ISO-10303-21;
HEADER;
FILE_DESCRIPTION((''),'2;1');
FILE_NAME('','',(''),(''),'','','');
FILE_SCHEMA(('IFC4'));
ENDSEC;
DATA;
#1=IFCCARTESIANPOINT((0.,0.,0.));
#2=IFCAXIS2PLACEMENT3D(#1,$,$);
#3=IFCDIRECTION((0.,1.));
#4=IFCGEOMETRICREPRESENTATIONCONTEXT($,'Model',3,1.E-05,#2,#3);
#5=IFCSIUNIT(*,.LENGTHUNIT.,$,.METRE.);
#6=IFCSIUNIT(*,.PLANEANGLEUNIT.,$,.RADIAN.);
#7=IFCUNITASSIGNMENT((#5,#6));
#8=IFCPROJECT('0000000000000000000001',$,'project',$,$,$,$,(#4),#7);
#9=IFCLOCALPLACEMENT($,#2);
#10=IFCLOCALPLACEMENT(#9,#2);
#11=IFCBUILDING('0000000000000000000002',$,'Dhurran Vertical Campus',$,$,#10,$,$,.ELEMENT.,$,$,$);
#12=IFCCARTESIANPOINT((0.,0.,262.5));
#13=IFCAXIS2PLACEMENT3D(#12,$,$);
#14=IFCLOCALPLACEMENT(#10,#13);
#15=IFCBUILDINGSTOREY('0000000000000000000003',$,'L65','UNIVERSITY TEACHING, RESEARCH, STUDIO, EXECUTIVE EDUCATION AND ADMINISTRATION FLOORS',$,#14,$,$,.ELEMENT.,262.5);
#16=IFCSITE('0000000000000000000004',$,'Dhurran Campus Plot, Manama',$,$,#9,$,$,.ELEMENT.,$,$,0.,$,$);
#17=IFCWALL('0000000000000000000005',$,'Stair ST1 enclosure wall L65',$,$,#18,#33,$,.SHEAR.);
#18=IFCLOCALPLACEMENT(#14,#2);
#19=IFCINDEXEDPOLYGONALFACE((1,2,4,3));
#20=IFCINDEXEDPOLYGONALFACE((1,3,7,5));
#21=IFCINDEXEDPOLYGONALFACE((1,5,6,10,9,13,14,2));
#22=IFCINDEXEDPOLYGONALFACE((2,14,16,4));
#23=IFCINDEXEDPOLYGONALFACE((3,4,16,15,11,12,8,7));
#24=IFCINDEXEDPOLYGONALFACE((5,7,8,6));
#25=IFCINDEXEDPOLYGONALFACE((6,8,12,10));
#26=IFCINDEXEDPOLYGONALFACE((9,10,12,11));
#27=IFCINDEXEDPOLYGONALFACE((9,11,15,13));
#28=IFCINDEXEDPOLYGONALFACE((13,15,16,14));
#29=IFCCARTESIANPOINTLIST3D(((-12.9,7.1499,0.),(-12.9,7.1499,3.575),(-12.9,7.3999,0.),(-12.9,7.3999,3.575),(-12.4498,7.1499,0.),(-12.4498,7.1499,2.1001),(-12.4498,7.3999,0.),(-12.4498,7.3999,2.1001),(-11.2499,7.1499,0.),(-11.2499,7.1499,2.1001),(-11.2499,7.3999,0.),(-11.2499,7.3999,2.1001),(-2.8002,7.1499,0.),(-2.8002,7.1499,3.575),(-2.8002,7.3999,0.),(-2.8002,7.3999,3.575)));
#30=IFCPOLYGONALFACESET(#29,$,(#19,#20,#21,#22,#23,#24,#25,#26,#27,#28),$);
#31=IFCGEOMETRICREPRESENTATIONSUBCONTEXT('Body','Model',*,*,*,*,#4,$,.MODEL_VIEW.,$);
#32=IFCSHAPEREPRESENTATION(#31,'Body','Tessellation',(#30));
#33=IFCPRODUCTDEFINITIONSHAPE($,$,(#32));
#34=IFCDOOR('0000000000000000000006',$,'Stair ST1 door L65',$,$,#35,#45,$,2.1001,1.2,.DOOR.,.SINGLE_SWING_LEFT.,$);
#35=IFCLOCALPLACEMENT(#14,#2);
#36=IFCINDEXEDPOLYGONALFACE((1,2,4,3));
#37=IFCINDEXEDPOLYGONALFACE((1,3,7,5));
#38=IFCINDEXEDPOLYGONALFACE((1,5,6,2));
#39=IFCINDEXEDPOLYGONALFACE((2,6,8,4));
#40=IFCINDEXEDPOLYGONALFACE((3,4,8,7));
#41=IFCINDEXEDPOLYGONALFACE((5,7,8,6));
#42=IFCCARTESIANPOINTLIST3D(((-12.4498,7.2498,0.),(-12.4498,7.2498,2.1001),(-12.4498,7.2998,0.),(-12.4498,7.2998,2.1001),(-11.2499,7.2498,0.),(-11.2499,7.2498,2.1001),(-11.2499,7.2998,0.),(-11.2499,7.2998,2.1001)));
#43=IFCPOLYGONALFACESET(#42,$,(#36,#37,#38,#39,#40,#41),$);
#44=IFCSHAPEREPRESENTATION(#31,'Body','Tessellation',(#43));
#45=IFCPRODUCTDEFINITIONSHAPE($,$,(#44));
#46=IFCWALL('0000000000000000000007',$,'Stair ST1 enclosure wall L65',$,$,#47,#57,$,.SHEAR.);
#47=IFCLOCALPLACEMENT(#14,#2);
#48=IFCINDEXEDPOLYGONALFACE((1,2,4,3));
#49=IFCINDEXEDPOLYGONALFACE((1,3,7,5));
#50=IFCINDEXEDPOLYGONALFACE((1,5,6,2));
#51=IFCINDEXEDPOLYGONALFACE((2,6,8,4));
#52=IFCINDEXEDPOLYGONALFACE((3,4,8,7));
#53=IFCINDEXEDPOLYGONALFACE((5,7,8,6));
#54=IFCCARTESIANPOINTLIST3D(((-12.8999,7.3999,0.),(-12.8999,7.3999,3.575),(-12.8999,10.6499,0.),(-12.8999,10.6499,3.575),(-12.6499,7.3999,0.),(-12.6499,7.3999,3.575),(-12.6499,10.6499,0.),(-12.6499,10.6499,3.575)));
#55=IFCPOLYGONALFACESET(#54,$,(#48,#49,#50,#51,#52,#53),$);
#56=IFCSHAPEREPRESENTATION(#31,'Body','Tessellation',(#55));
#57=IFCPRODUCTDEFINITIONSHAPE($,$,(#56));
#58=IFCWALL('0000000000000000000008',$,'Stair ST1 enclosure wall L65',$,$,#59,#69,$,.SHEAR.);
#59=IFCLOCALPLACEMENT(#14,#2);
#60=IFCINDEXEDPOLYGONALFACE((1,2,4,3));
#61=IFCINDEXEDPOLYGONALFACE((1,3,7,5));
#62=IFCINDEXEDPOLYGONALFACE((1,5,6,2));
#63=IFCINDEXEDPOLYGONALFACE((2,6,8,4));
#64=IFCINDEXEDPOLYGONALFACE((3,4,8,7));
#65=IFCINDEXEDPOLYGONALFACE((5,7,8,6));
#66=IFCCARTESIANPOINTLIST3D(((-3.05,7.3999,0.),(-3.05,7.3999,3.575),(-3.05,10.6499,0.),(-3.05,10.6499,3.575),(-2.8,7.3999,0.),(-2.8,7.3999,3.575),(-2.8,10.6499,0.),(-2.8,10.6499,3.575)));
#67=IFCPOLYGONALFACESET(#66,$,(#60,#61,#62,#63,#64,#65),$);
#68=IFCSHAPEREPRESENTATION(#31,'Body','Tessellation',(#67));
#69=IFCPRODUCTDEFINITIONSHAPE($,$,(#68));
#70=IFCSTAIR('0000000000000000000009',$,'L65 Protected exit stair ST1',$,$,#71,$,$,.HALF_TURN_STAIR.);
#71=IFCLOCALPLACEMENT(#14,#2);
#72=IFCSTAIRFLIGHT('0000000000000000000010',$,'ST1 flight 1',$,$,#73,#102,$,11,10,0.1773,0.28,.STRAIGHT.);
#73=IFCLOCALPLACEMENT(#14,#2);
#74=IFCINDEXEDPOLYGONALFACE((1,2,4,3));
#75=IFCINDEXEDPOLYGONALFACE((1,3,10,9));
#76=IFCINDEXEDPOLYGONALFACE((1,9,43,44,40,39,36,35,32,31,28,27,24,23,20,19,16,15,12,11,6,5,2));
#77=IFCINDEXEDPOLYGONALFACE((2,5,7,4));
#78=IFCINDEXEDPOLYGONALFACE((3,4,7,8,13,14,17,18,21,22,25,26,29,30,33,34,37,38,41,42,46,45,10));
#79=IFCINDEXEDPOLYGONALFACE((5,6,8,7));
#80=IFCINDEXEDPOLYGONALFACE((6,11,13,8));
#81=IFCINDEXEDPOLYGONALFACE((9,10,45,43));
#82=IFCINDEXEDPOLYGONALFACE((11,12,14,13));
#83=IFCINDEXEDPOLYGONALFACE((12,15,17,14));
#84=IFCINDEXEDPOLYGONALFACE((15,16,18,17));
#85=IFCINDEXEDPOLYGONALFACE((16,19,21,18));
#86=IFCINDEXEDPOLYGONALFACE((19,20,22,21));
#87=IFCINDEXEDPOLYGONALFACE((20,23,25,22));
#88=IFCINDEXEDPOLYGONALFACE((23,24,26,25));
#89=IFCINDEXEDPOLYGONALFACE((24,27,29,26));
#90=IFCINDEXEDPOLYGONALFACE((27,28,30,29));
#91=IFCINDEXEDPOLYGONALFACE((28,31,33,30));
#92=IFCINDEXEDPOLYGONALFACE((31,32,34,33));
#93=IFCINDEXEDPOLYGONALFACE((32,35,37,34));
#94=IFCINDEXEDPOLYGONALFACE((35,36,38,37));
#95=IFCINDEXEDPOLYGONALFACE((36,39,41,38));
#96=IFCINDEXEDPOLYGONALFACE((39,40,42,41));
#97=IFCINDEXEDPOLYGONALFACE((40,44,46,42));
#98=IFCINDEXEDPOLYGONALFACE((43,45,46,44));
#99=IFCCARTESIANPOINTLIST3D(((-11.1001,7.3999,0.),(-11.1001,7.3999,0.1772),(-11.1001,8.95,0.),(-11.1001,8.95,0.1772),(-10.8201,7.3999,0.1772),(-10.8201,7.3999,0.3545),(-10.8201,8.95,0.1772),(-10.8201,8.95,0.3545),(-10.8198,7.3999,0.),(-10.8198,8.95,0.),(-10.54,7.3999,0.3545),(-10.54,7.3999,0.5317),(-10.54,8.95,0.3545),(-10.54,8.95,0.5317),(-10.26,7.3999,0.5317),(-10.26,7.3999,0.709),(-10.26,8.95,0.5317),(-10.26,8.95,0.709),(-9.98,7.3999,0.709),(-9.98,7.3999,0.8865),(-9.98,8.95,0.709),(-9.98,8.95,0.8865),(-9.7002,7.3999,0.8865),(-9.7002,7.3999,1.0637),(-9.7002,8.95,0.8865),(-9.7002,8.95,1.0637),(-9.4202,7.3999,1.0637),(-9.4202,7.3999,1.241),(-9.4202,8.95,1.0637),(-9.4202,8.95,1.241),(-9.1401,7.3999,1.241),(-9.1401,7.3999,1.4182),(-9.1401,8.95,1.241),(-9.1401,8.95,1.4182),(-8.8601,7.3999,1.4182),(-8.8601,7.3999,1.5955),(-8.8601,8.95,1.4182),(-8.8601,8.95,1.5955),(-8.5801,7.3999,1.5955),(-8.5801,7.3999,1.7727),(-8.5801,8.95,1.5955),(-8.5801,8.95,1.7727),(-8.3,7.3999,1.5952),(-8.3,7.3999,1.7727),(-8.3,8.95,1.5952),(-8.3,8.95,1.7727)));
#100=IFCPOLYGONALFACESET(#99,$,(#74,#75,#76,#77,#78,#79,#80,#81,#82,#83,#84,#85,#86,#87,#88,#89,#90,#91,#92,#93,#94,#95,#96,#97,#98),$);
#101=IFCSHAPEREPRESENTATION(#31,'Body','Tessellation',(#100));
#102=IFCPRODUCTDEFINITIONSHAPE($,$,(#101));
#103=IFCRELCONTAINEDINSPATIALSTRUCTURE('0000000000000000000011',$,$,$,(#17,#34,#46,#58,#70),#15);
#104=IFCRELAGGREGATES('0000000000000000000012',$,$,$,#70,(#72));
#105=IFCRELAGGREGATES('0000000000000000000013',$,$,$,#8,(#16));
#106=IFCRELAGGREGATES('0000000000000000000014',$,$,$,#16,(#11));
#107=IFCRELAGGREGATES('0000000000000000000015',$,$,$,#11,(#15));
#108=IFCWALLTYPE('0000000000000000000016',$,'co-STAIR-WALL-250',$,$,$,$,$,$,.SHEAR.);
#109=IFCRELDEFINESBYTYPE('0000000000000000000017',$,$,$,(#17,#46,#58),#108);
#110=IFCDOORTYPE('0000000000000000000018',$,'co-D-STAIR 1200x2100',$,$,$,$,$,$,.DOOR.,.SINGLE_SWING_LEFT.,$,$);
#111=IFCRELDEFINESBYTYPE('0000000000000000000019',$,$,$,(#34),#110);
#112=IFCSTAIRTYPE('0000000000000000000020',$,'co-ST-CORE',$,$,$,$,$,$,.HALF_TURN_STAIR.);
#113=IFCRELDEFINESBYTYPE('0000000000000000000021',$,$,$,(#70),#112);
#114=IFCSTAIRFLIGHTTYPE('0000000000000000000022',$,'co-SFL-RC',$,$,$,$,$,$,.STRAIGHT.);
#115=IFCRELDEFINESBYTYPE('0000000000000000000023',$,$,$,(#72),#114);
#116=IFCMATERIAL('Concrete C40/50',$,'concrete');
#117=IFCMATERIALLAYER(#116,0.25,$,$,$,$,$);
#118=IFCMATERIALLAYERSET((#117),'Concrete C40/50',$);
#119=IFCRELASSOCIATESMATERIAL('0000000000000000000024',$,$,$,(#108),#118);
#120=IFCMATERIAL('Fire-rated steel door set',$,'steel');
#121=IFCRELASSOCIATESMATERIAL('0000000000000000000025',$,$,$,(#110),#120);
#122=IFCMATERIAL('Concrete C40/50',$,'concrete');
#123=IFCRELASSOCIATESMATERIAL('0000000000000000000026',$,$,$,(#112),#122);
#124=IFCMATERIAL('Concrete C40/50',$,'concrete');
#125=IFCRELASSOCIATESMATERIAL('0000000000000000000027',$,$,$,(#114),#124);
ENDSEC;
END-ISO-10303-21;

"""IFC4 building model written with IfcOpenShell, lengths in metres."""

from ifc_helpers import new_model, si_unit, direction, frame, frame_2d, origin, place, context, subcontext, project, spatial, polyline, rectangle, outline, extrude, material, layer, layer_set, type_object, element, fill, aggregate, save


model = new_model("IFC4")

# Units and contexts
model_context = context("Model", 3, precision=1e-05, world=origin(), true_north=direction((0.0, 1.0)))
body_context = subcontext(model_context, "Body", "Model", "MODEL_VIEW")
ifc_project = project(units=[si_unit("LENGTHUNIT", "METRE"), si_unit("PLANEANGLEUNIT", "RADIAN")], contexts=[model_context])

# Site, building, storey
site_placement = place(None, origin())
site = spatial("IfcSite", under=ifc_project, at=site_placement, Name="Dhurran Campus Plot, Manama", CompositionType="ELEMENT", RefElevation=0.0)
building_placement = place(site_placement, origin())
building = spatial("IfcBuilding", under=site, at=building_placement, Name="Dhurran Vertical Campus", CompositionType="ELEMENT")
storey_placement = place(building_placement, frame((0.0, 0.0, 262.5)))
storey = spatial("IfcBuildingStorey", under=building, at=storey_placement, Name="L65", Description="UNIVERSITY TEACHING, RESEARCH, STUDIO, EXECUTIVE EDUCATION AND ADMINISTRATION FLOORS", CompositionType="ELEMENT", Elevation=262.5)

# Wall, opening, door
ifc_material_1 = material(Name="Concrete C40/50", Category="concrete")
ifc_layer_1 = layer(ifc_material_1, 0.25)
ifc_layer_set_1 = layer_set([ifc_layer_1], Name="Concrete C40/50")
wall_type_1 = type_object("IfcWallType", Name="co-STAIR-WALL-250", PredefinedType="SHEAR", material=ifc_layer_set_1)
wall_1_placement = place(storey_placement, frame((-12.8999, 7.2749, 0.0), z_axis=(0.0, 0.0, 1.0), x_axis=(1.0, 0.0, 0.0)))
wall_1 = element("IfcWall", 1, at=wall_1_placement, inside=storey, type_object=wall_type_1, Name="Stair ST1 enclosure wall L65", PredefinedType="SHEAR", context=body_context, shape_type="SweptSolid", body=[
    extrude(rectangle(XDim=10.0999, YDim=0.25, at=frame_2d((5.0498, 0.0))), origin(), (0.0, 0.0, 1.0), 3.575),
])
opening_1_placement = place(wall_1_placement, frame((0.45, 0.0, 0.0)))
opening_1 = element("IfcOpeningElement", 2, at=opening_1_placement, cuts=wall_1, PredefinedType="OPENING", context=body_context, shape_type="SweptSolid", body=[
    extrude(rectangle(XDim=1.2, YDim=2.1001, at=frame_2d((0.6001, 1.05))), frame((0.0, 0.135, 0.0), z_axis=(0.0, -1.0, 0.0), x_axis=(1.0, 0.0, 0.0)), (0.0, 0.0, 1.0), 0.27),
])
ifc_material_2 = material(Name="Fire-rated steel door set", Category="steel")
door_type_1 = type_object("IfcDoorType", Name="co-D-STAIR 1200x2100", OperationType="SINGLE_SWING_LEFT", PredefinedType="DOOR", material=ifc_material_2)
door_1_placement = place(opening_1_placement, origin())
door_1 = element("IfcDoor", 3, at=door_1_placement, inside=storey, type_object=door_type_1, Name="Stair ST1 door L65", OperationType="SINGLE_SWING_LEFT", OverallHeight=2.1001, OverallWidth=1.2, PredefinedType="DOOR", context=body_context, shape_type="SweptSolid", body=[
    extrude(rectangle(XDim=1.2, YDim=2.1001, at=frame_2d((0.6001, 1.05))), frame((0.0, 0.0249, 0.0), z_axis=(0.0, -1.0, 0.0), x_axis=(1.0, 0.0, 0.0)), (0.0, 0.0, 1.0), 0.05),
])
fill(opening_1, door_1)

# Walls
for number, where, z_axis, x_axis, name in (
    (4, (-12.7749, 7.3999, 0.0), (0.0, 0.0, 1.0), (0.0, 1.0, 0.0), "Stair ST1 enclosure wall L65"),
    (5, (-2.925, 7.3999, 0.0), (0.0, 0.0, 1.0), (0.0, 1.0, 0.0), "Stair ST1 enclosure wall L65"),
):
    element("IfcWall", number, at=place(storey_placement, frame(where, z_axis=z_axis, x_axis=x_axis)), inside=storey, type_object=wall_type_1, Name=name, PredefinedType="SHEAR", context=body_context, shape_type="SweptSolid", body=[
        extrude(rectangle(XDim=3.25, YDim=0.25, at=frame_2d((1.625, 0.0))), origin(), (0.0, 0.0, 1.0), 3.575),
    ])

# Stair, stair flight
ifc_material_3 = material(Name="Concrete C40/50", Category="concrete")
stair_type = type_object("IfcStairType", Name="co-ST-CORE", PredefinedType="HALF_TURN_STAIR", material=ifc_material_3)
stair_placement = place(storey_placement, origin())
stair = element("IfcStair", 6, at=stair_placement, inside=storey, type_object=stair_type, Name="L65 Protected exit stair ST1", PredefinedType="HALF_TURN_STAIR")
ifc_material_4 = material(Name="Concrete C40/50", Category="concrete")
stair_flight_type = type_object("IfcStairFlightType", Name="co-SFL-RC", PredefinedType="STRAIGHT", material=ifc_material_4)
stair_flight_placement = place(storey_placement, frame((-11.1001, 8.175, 0.0), z_axis=(0.0, 0.0, 1.0), x_axis=(1.0, 0.0, 0.0)))
stair_flight = element("IfcStairFlight", 7, at=stair_flight_placement, type_object=stair_flight_type, Name="ST1 flight 1", NumberOfRisers=11, NumberOfTreads=10, PredefinedType="STRAIGHT", RiserHeight=0.1773, TreadLength=0.28, context=body_context, shape_type="SweptSolid", body=[
    extrude(outline(polyline([(0.0, 0.0), (0.0, 0.1772), (0.28, 0.1772), (0.28, 0.3545), (0.5601, 0.3545), (0.5601, 0.5317), (0.8401, 0.5317), (0.8401, 0.709), (1.1201, 0.709), (1.1201, 0.8865), (1.3999, 0.8865), (1.3999, 1.0637), (1.6799, 1.0637), (1.6799, 1.241), (1.96, 1.241), (1.96, 1.4182), (2.24, 1.4182), (2.24, 1.5955), (2.52, 1.5955), (2.52, 1.7727), (2.8, 1.7727), (2.8, 1.95), (2.8, 1.5952), (0.2803, 0.0), (0.0, 0.0)])), frame((0.0, 0.7749, 0.0), z_axis=(0.0, -1.0, 0.0), x_axis=(1.0, 0.0, 0.0)), (0.0, 0.0, 1.0), 1.55),
])
aggregate(stair, [stair_flight])

save(model, "model.ifc")
